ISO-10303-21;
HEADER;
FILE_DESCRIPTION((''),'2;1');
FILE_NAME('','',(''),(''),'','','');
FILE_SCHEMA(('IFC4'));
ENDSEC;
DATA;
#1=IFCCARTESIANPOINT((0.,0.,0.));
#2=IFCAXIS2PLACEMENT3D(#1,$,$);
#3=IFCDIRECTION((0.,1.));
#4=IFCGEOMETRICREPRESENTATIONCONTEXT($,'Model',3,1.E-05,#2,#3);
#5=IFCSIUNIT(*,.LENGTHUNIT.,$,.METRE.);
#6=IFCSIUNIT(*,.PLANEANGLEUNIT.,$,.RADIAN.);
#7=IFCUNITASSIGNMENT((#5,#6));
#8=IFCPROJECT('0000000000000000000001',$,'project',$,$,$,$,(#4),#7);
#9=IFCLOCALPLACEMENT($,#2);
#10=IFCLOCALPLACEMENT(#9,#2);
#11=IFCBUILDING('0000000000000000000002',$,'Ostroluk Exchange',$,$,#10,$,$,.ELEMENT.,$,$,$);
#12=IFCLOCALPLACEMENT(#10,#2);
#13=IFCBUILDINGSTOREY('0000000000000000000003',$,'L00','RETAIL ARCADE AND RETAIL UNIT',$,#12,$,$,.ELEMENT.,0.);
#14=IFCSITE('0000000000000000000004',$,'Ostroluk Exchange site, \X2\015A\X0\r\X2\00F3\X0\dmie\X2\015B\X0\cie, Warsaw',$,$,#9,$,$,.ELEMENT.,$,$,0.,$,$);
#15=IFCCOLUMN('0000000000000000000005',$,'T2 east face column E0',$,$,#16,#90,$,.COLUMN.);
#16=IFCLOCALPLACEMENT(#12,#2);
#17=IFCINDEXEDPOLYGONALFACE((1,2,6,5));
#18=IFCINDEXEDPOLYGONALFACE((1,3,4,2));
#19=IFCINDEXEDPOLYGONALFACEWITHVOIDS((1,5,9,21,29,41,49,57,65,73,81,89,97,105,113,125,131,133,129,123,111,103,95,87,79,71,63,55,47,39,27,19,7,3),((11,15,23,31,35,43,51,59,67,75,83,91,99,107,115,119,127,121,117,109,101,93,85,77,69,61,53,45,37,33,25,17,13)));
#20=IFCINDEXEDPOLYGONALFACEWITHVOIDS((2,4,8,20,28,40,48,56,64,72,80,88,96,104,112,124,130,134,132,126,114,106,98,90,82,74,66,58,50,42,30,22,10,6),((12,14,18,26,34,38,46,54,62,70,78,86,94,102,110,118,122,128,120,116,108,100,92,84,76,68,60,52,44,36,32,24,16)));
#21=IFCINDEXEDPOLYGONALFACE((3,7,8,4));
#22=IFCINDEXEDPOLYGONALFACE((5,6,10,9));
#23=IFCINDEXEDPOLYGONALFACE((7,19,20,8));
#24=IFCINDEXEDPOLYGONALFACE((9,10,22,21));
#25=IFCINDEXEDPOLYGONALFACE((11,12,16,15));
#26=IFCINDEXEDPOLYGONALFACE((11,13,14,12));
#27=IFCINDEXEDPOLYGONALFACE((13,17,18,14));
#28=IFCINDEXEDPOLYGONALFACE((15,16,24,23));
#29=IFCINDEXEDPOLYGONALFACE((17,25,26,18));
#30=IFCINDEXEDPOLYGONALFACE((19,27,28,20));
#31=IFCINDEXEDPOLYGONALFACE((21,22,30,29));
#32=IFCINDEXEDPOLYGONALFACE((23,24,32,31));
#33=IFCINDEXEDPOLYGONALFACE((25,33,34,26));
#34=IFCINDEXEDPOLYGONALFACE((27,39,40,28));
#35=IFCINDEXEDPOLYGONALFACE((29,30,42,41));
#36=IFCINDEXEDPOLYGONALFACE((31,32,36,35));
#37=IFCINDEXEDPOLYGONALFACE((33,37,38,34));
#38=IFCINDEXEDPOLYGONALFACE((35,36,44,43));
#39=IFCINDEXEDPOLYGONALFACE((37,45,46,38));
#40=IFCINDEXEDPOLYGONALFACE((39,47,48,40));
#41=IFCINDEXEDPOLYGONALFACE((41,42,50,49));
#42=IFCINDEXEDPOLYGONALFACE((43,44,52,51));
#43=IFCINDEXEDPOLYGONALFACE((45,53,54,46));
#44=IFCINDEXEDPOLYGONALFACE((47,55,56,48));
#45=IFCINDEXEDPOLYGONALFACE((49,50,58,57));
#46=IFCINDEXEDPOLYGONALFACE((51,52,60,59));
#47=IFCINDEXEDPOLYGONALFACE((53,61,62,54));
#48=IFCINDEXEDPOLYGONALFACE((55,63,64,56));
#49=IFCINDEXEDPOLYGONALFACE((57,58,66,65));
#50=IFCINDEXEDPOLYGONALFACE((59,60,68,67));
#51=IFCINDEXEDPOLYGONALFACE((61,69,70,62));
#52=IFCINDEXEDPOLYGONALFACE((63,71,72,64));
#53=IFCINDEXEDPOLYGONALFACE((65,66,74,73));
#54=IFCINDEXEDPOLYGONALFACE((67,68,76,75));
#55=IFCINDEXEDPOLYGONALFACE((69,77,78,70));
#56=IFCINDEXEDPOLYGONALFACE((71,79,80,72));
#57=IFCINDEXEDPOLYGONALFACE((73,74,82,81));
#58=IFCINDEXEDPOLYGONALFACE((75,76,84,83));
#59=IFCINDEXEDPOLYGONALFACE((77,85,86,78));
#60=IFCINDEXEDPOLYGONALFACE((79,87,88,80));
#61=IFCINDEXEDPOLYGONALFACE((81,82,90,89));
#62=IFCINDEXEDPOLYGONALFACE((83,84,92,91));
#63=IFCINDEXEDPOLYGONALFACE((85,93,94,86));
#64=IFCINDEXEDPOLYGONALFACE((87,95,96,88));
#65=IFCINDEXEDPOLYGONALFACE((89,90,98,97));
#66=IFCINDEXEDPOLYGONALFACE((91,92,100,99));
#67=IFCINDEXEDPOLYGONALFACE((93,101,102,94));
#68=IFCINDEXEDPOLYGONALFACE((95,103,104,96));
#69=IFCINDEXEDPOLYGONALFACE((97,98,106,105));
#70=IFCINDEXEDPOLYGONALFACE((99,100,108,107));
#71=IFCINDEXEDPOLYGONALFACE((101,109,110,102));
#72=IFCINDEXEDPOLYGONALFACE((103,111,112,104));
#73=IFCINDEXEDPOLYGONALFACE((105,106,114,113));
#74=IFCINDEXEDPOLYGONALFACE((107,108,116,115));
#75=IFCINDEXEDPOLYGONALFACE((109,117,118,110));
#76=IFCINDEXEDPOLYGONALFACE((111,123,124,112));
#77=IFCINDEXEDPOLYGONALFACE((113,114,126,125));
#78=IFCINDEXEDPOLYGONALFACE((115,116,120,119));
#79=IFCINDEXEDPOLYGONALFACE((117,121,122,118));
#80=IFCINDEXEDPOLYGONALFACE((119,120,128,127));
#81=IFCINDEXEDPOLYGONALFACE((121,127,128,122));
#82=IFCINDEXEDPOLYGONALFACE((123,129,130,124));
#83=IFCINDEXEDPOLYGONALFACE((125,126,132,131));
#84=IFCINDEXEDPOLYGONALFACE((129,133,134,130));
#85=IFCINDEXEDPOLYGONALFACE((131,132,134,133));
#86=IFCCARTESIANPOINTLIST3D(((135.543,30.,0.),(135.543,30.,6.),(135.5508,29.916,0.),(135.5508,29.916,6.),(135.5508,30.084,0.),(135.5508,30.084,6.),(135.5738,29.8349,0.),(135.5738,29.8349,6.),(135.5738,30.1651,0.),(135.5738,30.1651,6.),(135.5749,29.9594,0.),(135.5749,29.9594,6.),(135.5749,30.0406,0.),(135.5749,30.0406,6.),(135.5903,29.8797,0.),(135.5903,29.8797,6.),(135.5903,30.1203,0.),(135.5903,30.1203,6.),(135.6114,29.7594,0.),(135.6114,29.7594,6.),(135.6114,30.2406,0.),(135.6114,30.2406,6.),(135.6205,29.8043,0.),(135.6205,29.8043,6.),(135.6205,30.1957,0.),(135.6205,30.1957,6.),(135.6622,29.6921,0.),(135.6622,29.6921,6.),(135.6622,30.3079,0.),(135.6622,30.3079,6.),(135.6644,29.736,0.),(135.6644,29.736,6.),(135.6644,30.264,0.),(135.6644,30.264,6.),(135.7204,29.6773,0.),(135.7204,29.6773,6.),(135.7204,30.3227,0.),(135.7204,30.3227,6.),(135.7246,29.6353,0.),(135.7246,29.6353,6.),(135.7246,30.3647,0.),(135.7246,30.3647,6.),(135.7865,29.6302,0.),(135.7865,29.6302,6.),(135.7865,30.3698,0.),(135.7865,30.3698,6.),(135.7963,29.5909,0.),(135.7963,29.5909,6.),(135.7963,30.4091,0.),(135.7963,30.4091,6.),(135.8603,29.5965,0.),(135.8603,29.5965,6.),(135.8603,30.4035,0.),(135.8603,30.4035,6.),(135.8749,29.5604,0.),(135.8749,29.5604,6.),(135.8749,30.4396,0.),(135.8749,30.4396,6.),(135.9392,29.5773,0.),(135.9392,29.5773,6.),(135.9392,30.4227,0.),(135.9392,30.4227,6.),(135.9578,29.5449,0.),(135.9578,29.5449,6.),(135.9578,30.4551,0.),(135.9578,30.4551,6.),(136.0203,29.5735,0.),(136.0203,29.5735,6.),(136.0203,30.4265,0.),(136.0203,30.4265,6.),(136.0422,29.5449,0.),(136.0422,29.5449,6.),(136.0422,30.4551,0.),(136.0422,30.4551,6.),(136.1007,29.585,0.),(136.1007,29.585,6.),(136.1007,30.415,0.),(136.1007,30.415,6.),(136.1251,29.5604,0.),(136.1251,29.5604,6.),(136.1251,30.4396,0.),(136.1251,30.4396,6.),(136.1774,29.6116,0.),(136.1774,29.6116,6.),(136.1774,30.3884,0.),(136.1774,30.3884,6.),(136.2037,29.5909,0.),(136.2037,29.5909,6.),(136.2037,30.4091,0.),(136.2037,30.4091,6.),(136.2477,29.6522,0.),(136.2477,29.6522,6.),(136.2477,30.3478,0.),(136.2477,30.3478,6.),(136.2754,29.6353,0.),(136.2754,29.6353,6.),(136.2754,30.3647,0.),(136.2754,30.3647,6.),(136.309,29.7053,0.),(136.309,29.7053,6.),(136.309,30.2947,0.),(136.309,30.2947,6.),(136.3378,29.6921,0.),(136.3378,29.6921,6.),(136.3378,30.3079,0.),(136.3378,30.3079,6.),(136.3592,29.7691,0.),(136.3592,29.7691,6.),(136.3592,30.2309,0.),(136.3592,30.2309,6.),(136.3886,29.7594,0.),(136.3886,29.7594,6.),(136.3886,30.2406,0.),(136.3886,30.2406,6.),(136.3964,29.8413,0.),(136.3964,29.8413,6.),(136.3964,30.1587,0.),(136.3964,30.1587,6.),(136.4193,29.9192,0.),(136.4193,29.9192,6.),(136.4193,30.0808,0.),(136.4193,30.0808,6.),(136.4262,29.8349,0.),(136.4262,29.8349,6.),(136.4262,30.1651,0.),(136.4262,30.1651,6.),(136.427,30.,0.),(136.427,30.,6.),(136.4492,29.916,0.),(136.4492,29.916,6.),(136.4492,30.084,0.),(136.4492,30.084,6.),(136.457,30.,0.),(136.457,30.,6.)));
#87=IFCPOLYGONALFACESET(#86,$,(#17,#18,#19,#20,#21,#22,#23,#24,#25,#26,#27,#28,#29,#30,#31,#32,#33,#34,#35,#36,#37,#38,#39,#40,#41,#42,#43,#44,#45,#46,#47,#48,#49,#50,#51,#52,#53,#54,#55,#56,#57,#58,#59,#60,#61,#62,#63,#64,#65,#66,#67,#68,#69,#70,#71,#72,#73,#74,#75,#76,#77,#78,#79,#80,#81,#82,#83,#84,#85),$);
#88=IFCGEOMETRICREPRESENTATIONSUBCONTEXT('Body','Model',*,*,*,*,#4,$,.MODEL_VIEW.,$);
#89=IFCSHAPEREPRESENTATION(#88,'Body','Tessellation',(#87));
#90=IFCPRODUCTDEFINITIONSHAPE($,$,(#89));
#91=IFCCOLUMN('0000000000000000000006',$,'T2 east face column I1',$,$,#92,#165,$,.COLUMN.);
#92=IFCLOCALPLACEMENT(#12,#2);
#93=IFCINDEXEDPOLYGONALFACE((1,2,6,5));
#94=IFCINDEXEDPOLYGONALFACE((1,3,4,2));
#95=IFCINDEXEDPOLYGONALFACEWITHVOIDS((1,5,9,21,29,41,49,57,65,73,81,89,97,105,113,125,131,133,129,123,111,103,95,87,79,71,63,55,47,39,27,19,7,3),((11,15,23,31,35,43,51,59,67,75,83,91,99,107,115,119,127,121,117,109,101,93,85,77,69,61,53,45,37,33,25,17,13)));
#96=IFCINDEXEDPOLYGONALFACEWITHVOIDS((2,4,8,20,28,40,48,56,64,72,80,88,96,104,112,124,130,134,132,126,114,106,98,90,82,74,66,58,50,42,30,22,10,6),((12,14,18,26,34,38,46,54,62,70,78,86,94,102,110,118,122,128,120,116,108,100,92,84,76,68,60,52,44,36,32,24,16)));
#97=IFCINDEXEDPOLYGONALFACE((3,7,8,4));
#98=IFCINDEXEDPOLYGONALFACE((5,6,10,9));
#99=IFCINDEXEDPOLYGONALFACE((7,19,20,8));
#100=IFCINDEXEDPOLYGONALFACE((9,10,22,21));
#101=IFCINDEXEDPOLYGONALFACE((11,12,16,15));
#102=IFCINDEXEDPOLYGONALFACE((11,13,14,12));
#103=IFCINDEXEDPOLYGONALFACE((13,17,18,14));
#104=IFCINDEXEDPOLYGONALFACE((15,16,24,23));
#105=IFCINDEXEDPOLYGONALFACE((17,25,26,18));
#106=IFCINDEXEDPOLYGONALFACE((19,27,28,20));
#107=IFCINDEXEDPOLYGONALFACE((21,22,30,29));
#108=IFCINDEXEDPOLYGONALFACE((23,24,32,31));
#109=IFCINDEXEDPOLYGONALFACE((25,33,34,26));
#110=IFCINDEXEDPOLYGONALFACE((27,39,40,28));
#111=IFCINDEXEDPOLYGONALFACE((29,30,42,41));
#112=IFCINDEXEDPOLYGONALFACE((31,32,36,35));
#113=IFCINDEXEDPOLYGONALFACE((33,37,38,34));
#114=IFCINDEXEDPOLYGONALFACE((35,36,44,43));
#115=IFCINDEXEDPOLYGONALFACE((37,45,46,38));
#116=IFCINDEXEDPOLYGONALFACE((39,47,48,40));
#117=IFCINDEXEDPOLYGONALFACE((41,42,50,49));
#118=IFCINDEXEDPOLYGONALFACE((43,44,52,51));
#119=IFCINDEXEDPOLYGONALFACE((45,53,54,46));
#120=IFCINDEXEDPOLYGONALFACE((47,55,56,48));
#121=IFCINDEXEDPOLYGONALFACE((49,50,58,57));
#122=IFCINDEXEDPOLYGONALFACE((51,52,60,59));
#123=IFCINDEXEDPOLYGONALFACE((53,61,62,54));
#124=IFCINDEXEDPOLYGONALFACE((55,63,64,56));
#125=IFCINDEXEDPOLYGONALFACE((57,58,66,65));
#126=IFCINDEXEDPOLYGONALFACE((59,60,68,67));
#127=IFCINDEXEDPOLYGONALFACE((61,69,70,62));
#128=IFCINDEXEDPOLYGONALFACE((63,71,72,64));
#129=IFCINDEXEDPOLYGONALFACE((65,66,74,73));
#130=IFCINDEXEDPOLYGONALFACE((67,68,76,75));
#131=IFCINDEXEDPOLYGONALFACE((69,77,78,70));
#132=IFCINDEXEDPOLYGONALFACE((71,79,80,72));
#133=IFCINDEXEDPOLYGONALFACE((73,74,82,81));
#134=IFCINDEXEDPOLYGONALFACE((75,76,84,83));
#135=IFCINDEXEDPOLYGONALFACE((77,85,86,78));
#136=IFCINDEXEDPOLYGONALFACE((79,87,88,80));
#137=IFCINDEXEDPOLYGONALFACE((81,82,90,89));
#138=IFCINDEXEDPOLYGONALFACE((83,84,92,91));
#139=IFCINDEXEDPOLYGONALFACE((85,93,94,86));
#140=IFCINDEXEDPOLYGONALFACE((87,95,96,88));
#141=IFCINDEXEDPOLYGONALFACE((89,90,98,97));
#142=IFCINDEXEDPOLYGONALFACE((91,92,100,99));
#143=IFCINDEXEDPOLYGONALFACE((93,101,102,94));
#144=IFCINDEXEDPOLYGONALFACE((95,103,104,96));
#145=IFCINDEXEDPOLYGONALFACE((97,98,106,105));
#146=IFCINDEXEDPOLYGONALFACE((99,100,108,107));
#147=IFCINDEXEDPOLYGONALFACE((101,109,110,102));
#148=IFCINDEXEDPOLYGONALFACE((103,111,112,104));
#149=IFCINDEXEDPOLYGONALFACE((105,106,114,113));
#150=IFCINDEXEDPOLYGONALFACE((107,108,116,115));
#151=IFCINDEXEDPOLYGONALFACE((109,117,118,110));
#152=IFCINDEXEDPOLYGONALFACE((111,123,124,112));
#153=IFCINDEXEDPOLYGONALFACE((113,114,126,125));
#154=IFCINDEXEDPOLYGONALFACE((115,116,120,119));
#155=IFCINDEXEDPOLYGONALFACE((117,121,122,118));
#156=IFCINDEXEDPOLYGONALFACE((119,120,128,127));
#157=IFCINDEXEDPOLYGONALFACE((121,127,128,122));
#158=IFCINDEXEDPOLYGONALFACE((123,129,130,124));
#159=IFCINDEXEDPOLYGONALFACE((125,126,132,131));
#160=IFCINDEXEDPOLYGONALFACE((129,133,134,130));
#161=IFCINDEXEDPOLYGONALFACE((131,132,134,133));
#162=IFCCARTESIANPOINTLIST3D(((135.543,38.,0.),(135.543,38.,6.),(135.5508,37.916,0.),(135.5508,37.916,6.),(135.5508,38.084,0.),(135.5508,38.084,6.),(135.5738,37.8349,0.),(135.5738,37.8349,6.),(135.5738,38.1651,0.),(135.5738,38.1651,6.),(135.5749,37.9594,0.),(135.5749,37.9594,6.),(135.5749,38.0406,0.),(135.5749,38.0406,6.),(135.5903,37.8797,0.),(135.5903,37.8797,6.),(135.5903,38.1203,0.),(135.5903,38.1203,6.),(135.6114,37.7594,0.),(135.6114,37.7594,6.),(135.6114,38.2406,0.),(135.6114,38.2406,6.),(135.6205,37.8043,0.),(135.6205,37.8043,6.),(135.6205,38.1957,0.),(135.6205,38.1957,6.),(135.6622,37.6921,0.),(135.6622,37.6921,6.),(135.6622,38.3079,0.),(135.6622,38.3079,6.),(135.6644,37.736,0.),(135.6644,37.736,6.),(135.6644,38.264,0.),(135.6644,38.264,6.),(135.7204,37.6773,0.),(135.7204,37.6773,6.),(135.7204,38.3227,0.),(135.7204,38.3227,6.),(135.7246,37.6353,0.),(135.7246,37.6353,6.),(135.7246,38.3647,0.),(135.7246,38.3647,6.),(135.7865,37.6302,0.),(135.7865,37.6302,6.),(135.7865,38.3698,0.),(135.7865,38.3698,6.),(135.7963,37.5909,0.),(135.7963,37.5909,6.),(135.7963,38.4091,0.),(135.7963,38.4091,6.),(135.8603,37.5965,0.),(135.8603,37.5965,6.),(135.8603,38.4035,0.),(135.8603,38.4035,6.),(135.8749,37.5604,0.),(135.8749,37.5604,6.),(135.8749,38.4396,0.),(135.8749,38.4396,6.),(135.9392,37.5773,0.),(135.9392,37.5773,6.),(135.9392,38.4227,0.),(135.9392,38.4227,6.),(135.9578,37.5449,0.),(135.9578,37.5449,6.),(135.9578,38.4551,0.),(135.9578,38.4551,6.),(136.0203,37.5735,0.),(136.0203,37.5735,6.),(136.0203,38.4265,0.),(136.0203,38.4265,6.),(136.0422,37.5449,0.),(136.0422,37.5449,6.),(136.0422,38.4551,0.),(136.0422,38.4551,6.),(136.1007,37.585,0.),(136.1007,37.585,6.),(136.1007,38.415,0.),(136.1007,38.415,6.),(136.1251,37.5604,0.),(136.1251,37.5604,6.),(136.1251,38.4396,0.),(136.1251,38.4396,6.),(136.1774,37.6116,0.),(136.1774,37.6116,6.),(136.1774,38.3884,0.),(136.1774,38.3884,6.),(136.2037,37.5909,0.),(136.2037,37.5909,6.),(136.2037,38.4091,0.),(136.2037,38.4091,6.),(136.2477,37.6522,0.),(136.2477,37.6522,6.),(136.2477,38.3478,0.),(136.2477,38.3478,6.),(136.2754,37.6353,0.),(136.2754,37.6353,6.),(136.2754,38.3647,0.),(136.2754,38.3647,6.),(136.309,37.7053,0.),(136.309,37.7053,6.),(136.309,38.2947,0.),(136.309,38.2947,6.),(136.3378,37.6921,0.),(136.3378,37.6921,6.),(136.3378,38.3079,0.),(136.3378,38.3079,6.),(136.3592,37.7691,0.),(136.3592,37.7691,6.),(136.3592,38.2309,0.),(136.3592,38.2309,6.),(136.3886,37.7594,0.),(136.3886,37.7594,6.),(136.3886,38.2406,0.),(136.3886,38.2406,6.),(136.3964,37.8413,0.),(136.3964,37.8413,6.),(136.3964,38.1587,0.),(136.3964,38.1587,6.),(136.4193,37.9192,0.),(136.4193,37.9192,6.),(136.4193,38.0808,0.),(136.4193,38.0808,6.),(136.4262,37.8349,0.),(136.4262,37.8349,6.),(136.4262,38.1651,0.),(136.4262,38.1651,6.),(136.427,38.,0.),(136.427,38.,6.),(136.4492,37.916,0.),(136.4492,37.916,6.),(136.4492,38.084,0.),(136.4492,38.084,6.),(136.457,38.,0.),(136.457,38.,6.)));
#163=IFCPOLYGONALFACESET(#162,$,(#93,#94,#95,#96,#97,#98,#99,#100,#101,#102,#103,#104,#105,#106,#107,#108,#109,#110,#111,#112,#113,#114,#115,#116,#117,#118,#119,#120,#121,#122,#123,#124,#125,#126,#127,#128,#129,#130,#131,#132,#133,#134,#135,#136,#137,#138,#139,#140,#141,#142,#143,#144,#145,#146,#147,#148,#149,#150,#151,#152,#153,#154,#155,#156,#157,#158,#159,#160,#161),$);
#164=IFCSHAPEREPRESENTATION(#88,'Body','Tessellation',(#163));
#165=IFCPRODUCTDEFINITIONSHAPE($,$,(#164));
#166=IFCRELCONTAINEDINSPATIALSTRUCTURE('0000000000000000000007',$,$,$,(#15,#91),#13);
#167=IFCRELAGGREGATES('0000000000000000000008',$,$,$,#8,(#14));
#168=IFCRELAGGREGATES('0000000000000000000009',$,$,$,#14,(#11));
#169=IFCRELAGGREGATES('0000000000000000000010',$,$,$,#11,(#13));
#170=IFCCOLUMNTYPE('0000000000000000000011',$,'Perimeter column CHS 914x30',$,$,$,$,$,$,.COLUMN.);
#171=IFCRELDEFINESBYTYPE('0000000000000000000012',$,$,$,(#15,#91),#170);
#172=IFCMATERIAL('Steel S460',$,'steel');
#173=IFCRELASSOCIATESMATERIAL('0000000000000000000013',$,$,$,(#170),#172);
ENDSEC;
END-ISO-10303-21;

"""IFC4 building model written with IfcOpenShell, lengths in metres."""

from ifc_helpers import new_model, si_unit, direction, frame, origin, origin_2d, place, context, subcontext, project, spatial, hollow_circle, extrude, material, material_profile, profile_set, type_object, element, save


model = new_model("IFC4")

# Units and contexts
model_context = context("Model", 3, precision=1e-05, world=origin(), true_north=direction((0.0, 1.0)))
body_context = subcontext(model_context, "Body", "Model", "MODEL_VIEW")
ifc_project = project(units=[si_unit("LENGTHUNIT", "METRE"), si_unit("PLANEANGLEUNIT", "RADIAN")], contexts=[model_context])

# Site, building, storey
site_placement = place(None, origin())
site = spatial("IfcSite", under=ifc_project, at=site_placement, Name="Ostroluk Exchange site, Śródmieście, Warsaw", CompositionType="ELEMENT", RefElevation=0.0)
building_placement = place(site_placement, origin())
building = spatial("IfcBuilding", under=site, at=building_placement, Name="Ostroluk Exchange", CompositionType="ELEMENT")
storey_placement = place(building_placement, origin())
storey = spatial("IfcBuildingStorey", under=building, at=storey_placement, Name="L00", Description="RETAIL ARCADE AND RETAIL UNIT", CompositionType="ELEMENT", Elevation=0.0)

# Columns
ifc_material_1 = material(Name="Steel S460", Category="steel")
ifc_material_profile_1 = material_profile(ifc_material_1, hollow_circle(Radius=0.457, WallThickness=0.03, at=origin_2d()), Name="CHS 914x30")
ifc_profile_set_1 = profile_set([ifc_material_profile_1], Name="Steel S460")
column_type_1 = type_object("IfcColumnType", Name="Perimeter column CHS 914x30", PredefinedType="COLUMN", material=ifc_profile_set_1)
for number, where, z_axis, x_axis, name in (
    (1, (136.0, 30.0, 0.0), (0.0, 0.0, 1.0), (1.0, 0.0, 0.0), "T2 east face column E0"),
    (2, (136.0, 38.0, 0.0), (0.0, 0.0, 1.0), (1.0, 0.0, 0.0), "T2 east face column I1"),
):
    element("IfcColumn", number, at=place(storey_placement, frame(where, z_axis=z_axis, x_axis=x_axis)), inside=storey, type_object=column_type_1, Name=name, PredefinedType="COLUMN", context=body_context, shape_type="SweptSolid", body=[
        extrude(hollow_circle(Radius=0.457, WallThickness=0.03, at=origin_2d()), origin(), (0.0, 0.0, 1.0), 6.0),
    ])

save(model, "model.ifc")
